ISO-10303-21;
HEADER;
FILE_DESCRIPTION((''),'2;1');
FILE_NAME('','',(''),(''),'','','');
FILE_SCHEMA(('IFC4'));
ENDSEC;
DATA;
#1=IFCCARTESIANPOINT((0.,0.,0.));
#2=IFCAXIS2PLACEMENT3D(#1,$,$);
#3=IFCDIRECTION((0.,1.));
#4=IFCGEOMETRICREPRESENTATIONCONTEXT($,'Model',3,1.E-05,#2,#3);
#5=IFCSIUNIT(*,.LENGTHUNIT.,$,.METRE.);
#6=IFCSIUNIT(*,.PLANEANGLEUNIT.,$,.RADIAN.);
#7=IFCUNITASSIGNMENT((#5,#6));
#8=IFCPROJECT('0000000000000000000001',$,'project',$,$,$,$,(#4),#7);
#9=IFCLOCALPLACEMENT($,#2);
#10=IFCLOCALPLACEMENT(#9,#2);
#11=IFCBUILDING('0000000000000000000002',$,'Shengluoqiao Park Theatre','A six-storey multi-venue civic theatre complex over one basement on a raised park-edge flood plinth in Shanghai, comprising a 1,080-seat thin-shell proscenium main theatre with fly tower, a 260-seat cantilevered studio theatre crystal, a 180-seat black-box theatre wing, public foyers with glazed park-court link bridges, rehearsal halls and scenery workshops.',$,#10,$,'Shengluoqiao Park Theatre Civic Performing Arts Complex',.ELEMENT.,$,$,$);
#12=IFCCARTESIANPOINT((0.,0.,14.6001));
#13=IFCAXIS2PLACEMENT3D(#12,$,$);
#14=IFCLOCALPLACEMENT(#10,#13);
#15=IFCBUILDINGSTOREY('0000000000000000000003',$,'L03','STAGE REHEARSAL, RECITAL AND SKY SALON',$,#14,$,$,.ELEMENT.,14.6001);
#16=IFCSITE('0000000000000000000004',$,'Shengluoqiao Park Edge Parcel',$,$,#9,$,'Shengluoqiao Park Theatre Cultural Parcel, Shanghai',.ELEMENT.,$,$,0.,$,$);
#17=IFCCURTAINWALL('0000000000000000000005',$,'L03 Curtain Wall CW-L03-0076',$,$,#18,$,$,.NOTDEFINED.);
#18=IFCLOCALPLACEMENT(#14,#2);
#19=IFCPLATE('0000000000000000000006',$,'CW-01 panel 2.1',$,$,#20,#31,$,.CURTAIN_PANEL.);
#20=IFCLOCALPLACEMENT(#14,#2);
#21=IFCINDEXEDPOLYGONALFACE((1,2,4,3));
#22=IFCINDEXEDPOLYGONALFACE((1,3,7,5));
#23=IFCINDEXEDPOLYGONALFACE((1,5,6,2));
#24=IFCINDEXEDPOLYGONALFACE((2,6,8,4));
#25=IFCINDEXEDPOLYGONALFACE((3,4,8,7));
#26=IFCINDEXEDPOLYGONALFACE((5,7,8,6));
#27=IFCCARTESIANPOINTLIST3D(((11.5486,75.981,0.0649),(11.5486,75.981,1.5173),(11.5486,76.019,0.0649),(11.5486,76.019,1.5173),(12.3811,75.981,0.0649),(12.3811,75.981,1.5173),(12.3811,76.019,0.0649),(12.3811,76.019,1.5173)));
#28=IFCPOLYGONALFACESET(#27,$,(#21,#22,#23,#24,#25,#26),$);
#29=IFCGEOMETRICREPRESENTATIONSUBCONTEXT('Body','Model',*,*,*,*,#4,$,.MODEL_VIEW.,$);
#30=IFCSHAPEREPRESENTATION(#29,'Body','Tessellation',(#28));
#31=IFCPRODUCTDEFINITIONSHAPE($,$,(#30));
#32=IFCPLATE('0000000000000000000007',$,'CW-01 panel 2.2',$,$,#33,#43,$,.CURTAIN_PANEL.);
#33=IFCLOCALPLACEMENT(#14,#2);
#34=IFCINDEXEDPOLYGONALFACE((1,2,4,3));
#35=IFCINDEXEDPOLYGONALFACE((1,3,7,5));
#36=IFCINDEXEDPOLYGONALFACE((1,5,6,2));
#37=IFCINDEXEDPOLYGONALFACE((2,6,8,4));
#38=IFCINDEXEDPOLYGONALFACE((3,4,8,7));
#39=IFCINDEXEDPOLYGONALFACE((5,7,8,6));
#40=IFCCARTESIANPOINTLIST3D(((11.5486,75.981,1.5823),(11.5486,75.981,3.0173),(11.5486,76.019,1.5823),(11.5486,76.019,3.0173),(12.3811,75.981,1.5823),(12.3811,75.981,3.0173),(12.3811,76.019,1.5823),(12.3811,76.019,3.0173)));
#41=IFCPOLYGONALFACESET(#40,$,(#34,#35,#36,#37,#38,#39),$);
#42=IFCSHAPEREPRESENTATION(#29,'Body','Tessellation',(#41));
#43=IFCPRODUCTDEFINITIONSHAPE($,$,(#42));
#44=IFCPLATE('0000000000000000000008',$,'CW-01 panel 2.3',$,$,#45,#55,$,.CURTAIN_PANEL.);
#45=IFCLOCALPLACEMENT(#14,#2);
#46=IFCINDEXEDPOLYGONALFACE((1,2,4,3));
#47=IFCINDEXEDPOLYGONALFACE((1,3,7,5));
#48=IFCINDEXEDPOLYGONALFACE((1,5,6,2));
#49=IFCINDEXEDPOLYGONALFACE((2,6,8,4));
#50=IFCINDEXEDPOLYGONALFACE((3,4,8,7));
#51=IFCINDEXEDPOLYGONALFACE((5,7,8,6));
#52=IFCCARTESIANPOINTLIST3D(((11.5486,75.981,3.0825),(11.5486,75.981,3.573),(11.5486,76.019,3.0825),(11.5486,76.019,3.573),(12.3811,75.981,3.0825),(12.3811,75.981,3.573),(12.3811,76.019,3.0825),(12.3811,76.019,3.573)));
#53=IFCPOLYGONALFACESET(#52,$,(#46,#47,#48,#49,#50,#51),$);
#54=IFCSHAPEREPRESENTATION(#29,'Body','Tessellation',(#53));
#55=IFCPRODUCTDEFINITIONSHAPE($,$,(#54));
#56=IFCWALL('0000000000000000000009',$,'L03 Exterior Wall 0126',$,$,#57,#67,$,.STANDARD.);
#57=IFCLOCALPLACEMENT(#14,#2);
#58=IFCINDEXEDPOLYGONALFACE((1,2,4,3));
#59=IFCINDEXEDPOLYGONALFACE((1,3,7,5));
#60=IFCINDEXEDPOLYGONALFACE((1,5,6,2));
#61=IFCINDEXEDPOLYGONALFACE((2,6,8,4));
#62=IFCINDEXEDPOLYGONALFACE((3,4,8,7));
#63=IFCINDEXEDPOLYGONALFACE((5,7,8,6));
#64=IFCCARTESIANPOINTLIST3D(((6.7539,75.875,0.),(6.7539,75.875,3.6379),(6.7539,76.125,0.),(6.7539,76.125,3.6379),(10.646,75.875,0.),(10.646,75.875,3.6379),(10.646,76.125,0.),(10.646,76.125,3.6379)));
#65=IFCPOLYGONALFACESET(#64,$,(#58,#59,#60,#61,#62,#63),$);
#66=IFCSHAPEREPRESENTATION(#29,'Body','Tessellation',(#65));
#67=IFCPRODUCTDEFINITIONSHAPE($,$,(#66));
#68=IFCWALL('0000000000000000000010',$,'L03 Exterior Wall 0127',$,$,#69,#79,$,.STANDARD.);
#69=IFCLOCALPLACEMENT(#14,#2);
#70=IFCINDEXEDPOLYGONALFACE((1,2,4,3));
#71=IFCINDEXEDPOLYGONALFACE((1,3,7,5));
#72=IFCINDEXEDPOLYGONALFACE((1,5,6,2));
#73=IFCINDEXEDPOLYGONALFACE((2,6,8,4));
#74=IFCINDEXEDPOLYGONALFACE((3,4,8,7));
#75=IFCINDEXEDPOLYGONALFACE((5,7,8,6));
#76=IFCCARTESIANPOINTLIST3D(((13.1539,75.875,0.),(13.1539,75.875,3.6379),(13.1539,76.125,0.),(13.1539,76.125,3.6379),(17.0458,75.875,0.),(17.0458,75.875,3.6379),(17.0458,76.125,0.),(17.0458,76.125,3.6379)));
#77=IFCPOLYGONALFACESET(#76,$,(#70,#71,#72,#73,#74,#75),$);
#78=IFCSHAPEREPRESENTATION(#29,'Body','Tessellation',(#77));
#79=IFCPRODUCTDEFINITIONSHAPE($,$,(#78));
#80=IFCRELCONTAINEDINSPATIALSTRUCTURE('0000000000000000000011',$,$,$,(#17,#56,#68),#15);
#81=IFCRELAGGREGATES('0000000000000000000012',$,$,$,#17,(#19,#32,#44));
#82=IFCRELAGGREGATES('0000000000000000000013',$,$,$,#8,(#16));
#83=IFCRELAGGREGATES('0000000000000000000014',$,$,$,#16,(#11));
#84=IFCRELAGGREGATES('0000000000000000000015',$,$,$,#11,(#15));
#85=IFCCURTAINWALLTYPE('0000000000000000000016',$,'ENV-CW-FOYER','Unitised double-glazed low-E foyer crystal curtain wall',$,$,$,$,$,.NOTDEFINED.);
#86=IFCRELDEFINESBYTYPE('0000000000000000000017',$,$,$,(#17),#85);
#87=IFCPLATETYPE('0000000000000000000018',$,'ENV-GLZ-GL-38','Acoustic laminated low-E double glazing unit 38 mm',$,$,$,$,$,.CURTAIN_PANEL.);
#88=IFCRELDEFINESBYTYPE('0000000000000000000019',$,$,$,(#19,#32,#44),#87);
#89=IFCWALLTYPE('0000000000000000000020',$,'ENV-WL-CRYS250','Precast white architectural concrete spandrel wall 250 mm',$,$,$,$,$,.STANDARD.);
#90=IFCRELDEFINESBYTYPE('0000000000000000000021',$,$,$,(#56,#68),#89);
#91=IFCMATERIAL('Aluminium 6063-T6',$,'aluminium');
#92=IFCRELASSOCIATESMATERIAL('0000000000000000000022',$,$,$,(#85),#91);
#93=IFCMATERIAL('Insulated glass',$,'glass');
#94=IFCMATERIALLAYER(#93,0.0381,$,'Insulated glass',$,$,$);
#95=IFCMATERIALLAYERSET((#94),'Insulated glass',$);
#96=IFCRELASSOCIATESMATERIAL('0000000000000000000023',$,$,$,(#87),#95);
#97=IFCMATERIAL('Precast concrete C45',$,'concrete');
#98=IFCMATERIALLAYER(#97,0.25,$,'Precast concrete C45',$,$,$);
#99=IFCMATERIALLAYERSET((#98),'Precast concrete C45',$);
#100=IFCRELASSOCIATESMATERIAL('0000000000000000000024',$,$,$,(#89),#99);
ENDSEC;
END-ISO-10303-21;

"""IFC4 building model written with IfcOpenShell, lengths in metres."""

from ifc_helpers import new_model, si_unit, direction, frame, frame_2d, origin, origin_2d, place, context, subcontext, project, spatial, rectangle, extrude, material, layer, layer_set, type_object, element, aggregate, save


model = new_model("IFC4")

# Units and contexts
model_context = context("Model", 3, precision=1e-05, world=origin(), true_north=direction((0.0, 1.0)))
body_context = subcontext(model_context, "Body", "Model", "MODEL_VIEW")
ifc_project = project(units=[si_unit("LENGTHUNIT", "METRE"), si_unit("PLANEANGLEUNIT", "RADIAN")], contexts=[model_context])

# Site, building, storey
site_placement = place(None, origin())
site = spatial("IfcSite", under=ifc_project, at=site_placement, Name="Shengluoqiao Park Edge Parcel", LongName="Shengluoqiao Park Theatre Cultural Parcel, Shanghai", CompositionType="ELEMENT", RefElevation=0.0)
building_placement = place(site_placement, origin())
building = spatial("IfcBuilding", under=site, at=building_placement, Name="Shengluoqiao Park Theatre", Description="A six-storey multi-venue civic theatre complex over one basement on a raised park-edge flood plinth in Shanghai, comprising a 1,080-seat thin-shell proscenium main theatre with fly tower, a 260-seat cantilevered studio theatre crystal, a 180-seat black-box theatre wing, public foyers with glazed park-court link bridges, rehearsal halls and scenery workshops.", LongName="Shengluoqiao Park Theatre Civic Performing Arts Complex", CompositionType="ELEMENT")
storey_placement = place(building_placement, frame((0.0, 0.0, 14.6001)))
storey = spatial("IfcBuildingStorey", under=building, at=storey_placement, Name="L03", Description="STAGE REHEARSAL, RECITAL AND SKY SALON", CompositionType="ELEMENT", Elevation=14.6001)

# Curtain wall
ifc_material_1 = material(Name="Aluminium 6063-T6", Category="aluminium")
curtain_wall_type = type_object("IfcCurtainWallType", Name="ENV-CW-FOYER", Description="Unitised double-glazed low-E foyer crystal curtain wall", PredefinedType="NOTDEFINED", material=ifc_material_1)
curtain_wall_1_placement = place(storey_placement, origin())
curtain_wall_1 = element("IfcCurtainWall", 1, at=curtain_wall_1_placement, inside=storey, type_object=curtain_wall_type, Name="L03 Curtain Wall CW-L03-0076", PredefinedType="NOTDEFINED")

# Shared definitions
ifc_material_2 = material(Name="Precast concrete C45", Category="concrete")

# Plates
ifc_material_3 = material(Name="Insulated glass", Category="glass")
ifc_layer_1 = layer(ifc_material_3, 0.0381, Name="Insulated glass")
ifc_layer_set_1 = layer_set([ifc_layer_1], Name="Insulated glass")
plate_type_1 = type_object("IfcPlateType", Name="ENV-GLZ-GL-38", Description="Acoustic laminated low-E double glazing unit 38 mm", PredefinedType="CURTAIN_PANEL", material=ifc_layer_set_1)
plate_1_placement = place(storey_placement, frame((11.9648, 76.0, 0.0649), z_axis=(0.0, 0.0, 1.0), x_axis=(1.0, 0.0, 0.0)))
plate_1 = element("IfcPlate", 2, at=plate_1_placement, type_object=plate_type_1, Name="CW-01 panel 2.1", PredefinedType="CURTAIN_PANEL", context=body_context, shape_type="SweptSolid", body=[
    extrude(rectangle(XDim=0.8325, YDim=0.0381, at=origin_2d()), origin(), (0.0, 0.0, 1.0), 1.4524),
])
plate_2_placement = place(storey_placement, frame((11.9648, 76.0, 1.5823), z_axis=(0.0, 0.0, 1.0), x_axis=(1.0, 0.0, 0.0)))
plate_2 = element("IfcPlate", 3, at=plate_2_placement, type_object=plate_type_1, Name="CW-01 panel 2.2", PredefinedType="CURTAIN_PANEL", context=body_context, shape_type="SweptSolid", body=[
    extrude(rectangle(XDim=0.8325, YDim=0.0381, at=origin_2d()), origin(), (0.0, 0.0, 1.0), 1.4351),
])
plate_3_placement = place(storey_placement, frame((11.9648, 76.0, 3.0825), z_axis=(0.0, 0.0, 1.0), x_axis=(1.0, 0.0, 0.0)))
plate_3 = element("IfcPlate", 4, at=plate_3_placement, type_object=plate_type_1, Name="CW-01 panel 2.3", PredefinedType="CURTAIN_PANEL", context=body_context, shape_type="SweptSolid", body=[
    extrude(rectangle(XDim=0.8325, YDim=0.0381, at=origin_2d()), origin(), (0.0, 0.0, 1.0), 0.4905),
])
aggregate(curtain_wall_1, [plate_1, plate_2, plate_3])

# Walls
ifc_layer_2 = layer(ifc_material_2, 0.25, Name="Precast concrete C45")
ifc_layer_set_2 = layer_set([ifc_layer_2], Name="Precast concrete C45")
wall_type = type_object("IfcWallType", Name="ENV-WL-CRYS250", Description="Precast white architectural concrete spandrel wall 250 mm", PredefinedType="STANDARD", material=ifc_layer_set_2)
wall_1_placement = place(storey_placement, frame((6.7539, 76.0, 0.0), z_axis=(0.0, 0.0, 1.0), x_axis=(1.0, 0.0, 0.0)))
element("IfcWall", 5, at=wall_1_placement, inside=storey, type_object=wall_type, Name="L03 Exterior Wall 0126", PredefinedType="STANDARD", context=body_context, shape_type="SweptSolid", body=[
    extrude(rectangle(XDim=3.8921, YDim=0.25, at=frame_2d((1.946, 0.0))), origin(), (0.0, 0.0, 1.0), 3.6379),
])
wall_2_placement = place(storey_placement, frame((13.1541, 76.0, 0.0), z_axis=(0.0, 0.0, 1.0), x_axis=(1.0, 0.0, 0.0)))
element("IfcWall", 6, at=wall_2_placement, inside=storey, type_object=wall_type, Name="L03 Exterior Wall 0127", PredefinedType="STANDARD", context=body_context, shape_type="SweptSolid", body=[
    extrude(rectangle(XDim=3.8918, YDim=0.25, at=frame_2d((1.9458, 0.0))), origin(), (0.0, 0.0, 1.0), 3.6379),
])

save(model, "model.ifc")
